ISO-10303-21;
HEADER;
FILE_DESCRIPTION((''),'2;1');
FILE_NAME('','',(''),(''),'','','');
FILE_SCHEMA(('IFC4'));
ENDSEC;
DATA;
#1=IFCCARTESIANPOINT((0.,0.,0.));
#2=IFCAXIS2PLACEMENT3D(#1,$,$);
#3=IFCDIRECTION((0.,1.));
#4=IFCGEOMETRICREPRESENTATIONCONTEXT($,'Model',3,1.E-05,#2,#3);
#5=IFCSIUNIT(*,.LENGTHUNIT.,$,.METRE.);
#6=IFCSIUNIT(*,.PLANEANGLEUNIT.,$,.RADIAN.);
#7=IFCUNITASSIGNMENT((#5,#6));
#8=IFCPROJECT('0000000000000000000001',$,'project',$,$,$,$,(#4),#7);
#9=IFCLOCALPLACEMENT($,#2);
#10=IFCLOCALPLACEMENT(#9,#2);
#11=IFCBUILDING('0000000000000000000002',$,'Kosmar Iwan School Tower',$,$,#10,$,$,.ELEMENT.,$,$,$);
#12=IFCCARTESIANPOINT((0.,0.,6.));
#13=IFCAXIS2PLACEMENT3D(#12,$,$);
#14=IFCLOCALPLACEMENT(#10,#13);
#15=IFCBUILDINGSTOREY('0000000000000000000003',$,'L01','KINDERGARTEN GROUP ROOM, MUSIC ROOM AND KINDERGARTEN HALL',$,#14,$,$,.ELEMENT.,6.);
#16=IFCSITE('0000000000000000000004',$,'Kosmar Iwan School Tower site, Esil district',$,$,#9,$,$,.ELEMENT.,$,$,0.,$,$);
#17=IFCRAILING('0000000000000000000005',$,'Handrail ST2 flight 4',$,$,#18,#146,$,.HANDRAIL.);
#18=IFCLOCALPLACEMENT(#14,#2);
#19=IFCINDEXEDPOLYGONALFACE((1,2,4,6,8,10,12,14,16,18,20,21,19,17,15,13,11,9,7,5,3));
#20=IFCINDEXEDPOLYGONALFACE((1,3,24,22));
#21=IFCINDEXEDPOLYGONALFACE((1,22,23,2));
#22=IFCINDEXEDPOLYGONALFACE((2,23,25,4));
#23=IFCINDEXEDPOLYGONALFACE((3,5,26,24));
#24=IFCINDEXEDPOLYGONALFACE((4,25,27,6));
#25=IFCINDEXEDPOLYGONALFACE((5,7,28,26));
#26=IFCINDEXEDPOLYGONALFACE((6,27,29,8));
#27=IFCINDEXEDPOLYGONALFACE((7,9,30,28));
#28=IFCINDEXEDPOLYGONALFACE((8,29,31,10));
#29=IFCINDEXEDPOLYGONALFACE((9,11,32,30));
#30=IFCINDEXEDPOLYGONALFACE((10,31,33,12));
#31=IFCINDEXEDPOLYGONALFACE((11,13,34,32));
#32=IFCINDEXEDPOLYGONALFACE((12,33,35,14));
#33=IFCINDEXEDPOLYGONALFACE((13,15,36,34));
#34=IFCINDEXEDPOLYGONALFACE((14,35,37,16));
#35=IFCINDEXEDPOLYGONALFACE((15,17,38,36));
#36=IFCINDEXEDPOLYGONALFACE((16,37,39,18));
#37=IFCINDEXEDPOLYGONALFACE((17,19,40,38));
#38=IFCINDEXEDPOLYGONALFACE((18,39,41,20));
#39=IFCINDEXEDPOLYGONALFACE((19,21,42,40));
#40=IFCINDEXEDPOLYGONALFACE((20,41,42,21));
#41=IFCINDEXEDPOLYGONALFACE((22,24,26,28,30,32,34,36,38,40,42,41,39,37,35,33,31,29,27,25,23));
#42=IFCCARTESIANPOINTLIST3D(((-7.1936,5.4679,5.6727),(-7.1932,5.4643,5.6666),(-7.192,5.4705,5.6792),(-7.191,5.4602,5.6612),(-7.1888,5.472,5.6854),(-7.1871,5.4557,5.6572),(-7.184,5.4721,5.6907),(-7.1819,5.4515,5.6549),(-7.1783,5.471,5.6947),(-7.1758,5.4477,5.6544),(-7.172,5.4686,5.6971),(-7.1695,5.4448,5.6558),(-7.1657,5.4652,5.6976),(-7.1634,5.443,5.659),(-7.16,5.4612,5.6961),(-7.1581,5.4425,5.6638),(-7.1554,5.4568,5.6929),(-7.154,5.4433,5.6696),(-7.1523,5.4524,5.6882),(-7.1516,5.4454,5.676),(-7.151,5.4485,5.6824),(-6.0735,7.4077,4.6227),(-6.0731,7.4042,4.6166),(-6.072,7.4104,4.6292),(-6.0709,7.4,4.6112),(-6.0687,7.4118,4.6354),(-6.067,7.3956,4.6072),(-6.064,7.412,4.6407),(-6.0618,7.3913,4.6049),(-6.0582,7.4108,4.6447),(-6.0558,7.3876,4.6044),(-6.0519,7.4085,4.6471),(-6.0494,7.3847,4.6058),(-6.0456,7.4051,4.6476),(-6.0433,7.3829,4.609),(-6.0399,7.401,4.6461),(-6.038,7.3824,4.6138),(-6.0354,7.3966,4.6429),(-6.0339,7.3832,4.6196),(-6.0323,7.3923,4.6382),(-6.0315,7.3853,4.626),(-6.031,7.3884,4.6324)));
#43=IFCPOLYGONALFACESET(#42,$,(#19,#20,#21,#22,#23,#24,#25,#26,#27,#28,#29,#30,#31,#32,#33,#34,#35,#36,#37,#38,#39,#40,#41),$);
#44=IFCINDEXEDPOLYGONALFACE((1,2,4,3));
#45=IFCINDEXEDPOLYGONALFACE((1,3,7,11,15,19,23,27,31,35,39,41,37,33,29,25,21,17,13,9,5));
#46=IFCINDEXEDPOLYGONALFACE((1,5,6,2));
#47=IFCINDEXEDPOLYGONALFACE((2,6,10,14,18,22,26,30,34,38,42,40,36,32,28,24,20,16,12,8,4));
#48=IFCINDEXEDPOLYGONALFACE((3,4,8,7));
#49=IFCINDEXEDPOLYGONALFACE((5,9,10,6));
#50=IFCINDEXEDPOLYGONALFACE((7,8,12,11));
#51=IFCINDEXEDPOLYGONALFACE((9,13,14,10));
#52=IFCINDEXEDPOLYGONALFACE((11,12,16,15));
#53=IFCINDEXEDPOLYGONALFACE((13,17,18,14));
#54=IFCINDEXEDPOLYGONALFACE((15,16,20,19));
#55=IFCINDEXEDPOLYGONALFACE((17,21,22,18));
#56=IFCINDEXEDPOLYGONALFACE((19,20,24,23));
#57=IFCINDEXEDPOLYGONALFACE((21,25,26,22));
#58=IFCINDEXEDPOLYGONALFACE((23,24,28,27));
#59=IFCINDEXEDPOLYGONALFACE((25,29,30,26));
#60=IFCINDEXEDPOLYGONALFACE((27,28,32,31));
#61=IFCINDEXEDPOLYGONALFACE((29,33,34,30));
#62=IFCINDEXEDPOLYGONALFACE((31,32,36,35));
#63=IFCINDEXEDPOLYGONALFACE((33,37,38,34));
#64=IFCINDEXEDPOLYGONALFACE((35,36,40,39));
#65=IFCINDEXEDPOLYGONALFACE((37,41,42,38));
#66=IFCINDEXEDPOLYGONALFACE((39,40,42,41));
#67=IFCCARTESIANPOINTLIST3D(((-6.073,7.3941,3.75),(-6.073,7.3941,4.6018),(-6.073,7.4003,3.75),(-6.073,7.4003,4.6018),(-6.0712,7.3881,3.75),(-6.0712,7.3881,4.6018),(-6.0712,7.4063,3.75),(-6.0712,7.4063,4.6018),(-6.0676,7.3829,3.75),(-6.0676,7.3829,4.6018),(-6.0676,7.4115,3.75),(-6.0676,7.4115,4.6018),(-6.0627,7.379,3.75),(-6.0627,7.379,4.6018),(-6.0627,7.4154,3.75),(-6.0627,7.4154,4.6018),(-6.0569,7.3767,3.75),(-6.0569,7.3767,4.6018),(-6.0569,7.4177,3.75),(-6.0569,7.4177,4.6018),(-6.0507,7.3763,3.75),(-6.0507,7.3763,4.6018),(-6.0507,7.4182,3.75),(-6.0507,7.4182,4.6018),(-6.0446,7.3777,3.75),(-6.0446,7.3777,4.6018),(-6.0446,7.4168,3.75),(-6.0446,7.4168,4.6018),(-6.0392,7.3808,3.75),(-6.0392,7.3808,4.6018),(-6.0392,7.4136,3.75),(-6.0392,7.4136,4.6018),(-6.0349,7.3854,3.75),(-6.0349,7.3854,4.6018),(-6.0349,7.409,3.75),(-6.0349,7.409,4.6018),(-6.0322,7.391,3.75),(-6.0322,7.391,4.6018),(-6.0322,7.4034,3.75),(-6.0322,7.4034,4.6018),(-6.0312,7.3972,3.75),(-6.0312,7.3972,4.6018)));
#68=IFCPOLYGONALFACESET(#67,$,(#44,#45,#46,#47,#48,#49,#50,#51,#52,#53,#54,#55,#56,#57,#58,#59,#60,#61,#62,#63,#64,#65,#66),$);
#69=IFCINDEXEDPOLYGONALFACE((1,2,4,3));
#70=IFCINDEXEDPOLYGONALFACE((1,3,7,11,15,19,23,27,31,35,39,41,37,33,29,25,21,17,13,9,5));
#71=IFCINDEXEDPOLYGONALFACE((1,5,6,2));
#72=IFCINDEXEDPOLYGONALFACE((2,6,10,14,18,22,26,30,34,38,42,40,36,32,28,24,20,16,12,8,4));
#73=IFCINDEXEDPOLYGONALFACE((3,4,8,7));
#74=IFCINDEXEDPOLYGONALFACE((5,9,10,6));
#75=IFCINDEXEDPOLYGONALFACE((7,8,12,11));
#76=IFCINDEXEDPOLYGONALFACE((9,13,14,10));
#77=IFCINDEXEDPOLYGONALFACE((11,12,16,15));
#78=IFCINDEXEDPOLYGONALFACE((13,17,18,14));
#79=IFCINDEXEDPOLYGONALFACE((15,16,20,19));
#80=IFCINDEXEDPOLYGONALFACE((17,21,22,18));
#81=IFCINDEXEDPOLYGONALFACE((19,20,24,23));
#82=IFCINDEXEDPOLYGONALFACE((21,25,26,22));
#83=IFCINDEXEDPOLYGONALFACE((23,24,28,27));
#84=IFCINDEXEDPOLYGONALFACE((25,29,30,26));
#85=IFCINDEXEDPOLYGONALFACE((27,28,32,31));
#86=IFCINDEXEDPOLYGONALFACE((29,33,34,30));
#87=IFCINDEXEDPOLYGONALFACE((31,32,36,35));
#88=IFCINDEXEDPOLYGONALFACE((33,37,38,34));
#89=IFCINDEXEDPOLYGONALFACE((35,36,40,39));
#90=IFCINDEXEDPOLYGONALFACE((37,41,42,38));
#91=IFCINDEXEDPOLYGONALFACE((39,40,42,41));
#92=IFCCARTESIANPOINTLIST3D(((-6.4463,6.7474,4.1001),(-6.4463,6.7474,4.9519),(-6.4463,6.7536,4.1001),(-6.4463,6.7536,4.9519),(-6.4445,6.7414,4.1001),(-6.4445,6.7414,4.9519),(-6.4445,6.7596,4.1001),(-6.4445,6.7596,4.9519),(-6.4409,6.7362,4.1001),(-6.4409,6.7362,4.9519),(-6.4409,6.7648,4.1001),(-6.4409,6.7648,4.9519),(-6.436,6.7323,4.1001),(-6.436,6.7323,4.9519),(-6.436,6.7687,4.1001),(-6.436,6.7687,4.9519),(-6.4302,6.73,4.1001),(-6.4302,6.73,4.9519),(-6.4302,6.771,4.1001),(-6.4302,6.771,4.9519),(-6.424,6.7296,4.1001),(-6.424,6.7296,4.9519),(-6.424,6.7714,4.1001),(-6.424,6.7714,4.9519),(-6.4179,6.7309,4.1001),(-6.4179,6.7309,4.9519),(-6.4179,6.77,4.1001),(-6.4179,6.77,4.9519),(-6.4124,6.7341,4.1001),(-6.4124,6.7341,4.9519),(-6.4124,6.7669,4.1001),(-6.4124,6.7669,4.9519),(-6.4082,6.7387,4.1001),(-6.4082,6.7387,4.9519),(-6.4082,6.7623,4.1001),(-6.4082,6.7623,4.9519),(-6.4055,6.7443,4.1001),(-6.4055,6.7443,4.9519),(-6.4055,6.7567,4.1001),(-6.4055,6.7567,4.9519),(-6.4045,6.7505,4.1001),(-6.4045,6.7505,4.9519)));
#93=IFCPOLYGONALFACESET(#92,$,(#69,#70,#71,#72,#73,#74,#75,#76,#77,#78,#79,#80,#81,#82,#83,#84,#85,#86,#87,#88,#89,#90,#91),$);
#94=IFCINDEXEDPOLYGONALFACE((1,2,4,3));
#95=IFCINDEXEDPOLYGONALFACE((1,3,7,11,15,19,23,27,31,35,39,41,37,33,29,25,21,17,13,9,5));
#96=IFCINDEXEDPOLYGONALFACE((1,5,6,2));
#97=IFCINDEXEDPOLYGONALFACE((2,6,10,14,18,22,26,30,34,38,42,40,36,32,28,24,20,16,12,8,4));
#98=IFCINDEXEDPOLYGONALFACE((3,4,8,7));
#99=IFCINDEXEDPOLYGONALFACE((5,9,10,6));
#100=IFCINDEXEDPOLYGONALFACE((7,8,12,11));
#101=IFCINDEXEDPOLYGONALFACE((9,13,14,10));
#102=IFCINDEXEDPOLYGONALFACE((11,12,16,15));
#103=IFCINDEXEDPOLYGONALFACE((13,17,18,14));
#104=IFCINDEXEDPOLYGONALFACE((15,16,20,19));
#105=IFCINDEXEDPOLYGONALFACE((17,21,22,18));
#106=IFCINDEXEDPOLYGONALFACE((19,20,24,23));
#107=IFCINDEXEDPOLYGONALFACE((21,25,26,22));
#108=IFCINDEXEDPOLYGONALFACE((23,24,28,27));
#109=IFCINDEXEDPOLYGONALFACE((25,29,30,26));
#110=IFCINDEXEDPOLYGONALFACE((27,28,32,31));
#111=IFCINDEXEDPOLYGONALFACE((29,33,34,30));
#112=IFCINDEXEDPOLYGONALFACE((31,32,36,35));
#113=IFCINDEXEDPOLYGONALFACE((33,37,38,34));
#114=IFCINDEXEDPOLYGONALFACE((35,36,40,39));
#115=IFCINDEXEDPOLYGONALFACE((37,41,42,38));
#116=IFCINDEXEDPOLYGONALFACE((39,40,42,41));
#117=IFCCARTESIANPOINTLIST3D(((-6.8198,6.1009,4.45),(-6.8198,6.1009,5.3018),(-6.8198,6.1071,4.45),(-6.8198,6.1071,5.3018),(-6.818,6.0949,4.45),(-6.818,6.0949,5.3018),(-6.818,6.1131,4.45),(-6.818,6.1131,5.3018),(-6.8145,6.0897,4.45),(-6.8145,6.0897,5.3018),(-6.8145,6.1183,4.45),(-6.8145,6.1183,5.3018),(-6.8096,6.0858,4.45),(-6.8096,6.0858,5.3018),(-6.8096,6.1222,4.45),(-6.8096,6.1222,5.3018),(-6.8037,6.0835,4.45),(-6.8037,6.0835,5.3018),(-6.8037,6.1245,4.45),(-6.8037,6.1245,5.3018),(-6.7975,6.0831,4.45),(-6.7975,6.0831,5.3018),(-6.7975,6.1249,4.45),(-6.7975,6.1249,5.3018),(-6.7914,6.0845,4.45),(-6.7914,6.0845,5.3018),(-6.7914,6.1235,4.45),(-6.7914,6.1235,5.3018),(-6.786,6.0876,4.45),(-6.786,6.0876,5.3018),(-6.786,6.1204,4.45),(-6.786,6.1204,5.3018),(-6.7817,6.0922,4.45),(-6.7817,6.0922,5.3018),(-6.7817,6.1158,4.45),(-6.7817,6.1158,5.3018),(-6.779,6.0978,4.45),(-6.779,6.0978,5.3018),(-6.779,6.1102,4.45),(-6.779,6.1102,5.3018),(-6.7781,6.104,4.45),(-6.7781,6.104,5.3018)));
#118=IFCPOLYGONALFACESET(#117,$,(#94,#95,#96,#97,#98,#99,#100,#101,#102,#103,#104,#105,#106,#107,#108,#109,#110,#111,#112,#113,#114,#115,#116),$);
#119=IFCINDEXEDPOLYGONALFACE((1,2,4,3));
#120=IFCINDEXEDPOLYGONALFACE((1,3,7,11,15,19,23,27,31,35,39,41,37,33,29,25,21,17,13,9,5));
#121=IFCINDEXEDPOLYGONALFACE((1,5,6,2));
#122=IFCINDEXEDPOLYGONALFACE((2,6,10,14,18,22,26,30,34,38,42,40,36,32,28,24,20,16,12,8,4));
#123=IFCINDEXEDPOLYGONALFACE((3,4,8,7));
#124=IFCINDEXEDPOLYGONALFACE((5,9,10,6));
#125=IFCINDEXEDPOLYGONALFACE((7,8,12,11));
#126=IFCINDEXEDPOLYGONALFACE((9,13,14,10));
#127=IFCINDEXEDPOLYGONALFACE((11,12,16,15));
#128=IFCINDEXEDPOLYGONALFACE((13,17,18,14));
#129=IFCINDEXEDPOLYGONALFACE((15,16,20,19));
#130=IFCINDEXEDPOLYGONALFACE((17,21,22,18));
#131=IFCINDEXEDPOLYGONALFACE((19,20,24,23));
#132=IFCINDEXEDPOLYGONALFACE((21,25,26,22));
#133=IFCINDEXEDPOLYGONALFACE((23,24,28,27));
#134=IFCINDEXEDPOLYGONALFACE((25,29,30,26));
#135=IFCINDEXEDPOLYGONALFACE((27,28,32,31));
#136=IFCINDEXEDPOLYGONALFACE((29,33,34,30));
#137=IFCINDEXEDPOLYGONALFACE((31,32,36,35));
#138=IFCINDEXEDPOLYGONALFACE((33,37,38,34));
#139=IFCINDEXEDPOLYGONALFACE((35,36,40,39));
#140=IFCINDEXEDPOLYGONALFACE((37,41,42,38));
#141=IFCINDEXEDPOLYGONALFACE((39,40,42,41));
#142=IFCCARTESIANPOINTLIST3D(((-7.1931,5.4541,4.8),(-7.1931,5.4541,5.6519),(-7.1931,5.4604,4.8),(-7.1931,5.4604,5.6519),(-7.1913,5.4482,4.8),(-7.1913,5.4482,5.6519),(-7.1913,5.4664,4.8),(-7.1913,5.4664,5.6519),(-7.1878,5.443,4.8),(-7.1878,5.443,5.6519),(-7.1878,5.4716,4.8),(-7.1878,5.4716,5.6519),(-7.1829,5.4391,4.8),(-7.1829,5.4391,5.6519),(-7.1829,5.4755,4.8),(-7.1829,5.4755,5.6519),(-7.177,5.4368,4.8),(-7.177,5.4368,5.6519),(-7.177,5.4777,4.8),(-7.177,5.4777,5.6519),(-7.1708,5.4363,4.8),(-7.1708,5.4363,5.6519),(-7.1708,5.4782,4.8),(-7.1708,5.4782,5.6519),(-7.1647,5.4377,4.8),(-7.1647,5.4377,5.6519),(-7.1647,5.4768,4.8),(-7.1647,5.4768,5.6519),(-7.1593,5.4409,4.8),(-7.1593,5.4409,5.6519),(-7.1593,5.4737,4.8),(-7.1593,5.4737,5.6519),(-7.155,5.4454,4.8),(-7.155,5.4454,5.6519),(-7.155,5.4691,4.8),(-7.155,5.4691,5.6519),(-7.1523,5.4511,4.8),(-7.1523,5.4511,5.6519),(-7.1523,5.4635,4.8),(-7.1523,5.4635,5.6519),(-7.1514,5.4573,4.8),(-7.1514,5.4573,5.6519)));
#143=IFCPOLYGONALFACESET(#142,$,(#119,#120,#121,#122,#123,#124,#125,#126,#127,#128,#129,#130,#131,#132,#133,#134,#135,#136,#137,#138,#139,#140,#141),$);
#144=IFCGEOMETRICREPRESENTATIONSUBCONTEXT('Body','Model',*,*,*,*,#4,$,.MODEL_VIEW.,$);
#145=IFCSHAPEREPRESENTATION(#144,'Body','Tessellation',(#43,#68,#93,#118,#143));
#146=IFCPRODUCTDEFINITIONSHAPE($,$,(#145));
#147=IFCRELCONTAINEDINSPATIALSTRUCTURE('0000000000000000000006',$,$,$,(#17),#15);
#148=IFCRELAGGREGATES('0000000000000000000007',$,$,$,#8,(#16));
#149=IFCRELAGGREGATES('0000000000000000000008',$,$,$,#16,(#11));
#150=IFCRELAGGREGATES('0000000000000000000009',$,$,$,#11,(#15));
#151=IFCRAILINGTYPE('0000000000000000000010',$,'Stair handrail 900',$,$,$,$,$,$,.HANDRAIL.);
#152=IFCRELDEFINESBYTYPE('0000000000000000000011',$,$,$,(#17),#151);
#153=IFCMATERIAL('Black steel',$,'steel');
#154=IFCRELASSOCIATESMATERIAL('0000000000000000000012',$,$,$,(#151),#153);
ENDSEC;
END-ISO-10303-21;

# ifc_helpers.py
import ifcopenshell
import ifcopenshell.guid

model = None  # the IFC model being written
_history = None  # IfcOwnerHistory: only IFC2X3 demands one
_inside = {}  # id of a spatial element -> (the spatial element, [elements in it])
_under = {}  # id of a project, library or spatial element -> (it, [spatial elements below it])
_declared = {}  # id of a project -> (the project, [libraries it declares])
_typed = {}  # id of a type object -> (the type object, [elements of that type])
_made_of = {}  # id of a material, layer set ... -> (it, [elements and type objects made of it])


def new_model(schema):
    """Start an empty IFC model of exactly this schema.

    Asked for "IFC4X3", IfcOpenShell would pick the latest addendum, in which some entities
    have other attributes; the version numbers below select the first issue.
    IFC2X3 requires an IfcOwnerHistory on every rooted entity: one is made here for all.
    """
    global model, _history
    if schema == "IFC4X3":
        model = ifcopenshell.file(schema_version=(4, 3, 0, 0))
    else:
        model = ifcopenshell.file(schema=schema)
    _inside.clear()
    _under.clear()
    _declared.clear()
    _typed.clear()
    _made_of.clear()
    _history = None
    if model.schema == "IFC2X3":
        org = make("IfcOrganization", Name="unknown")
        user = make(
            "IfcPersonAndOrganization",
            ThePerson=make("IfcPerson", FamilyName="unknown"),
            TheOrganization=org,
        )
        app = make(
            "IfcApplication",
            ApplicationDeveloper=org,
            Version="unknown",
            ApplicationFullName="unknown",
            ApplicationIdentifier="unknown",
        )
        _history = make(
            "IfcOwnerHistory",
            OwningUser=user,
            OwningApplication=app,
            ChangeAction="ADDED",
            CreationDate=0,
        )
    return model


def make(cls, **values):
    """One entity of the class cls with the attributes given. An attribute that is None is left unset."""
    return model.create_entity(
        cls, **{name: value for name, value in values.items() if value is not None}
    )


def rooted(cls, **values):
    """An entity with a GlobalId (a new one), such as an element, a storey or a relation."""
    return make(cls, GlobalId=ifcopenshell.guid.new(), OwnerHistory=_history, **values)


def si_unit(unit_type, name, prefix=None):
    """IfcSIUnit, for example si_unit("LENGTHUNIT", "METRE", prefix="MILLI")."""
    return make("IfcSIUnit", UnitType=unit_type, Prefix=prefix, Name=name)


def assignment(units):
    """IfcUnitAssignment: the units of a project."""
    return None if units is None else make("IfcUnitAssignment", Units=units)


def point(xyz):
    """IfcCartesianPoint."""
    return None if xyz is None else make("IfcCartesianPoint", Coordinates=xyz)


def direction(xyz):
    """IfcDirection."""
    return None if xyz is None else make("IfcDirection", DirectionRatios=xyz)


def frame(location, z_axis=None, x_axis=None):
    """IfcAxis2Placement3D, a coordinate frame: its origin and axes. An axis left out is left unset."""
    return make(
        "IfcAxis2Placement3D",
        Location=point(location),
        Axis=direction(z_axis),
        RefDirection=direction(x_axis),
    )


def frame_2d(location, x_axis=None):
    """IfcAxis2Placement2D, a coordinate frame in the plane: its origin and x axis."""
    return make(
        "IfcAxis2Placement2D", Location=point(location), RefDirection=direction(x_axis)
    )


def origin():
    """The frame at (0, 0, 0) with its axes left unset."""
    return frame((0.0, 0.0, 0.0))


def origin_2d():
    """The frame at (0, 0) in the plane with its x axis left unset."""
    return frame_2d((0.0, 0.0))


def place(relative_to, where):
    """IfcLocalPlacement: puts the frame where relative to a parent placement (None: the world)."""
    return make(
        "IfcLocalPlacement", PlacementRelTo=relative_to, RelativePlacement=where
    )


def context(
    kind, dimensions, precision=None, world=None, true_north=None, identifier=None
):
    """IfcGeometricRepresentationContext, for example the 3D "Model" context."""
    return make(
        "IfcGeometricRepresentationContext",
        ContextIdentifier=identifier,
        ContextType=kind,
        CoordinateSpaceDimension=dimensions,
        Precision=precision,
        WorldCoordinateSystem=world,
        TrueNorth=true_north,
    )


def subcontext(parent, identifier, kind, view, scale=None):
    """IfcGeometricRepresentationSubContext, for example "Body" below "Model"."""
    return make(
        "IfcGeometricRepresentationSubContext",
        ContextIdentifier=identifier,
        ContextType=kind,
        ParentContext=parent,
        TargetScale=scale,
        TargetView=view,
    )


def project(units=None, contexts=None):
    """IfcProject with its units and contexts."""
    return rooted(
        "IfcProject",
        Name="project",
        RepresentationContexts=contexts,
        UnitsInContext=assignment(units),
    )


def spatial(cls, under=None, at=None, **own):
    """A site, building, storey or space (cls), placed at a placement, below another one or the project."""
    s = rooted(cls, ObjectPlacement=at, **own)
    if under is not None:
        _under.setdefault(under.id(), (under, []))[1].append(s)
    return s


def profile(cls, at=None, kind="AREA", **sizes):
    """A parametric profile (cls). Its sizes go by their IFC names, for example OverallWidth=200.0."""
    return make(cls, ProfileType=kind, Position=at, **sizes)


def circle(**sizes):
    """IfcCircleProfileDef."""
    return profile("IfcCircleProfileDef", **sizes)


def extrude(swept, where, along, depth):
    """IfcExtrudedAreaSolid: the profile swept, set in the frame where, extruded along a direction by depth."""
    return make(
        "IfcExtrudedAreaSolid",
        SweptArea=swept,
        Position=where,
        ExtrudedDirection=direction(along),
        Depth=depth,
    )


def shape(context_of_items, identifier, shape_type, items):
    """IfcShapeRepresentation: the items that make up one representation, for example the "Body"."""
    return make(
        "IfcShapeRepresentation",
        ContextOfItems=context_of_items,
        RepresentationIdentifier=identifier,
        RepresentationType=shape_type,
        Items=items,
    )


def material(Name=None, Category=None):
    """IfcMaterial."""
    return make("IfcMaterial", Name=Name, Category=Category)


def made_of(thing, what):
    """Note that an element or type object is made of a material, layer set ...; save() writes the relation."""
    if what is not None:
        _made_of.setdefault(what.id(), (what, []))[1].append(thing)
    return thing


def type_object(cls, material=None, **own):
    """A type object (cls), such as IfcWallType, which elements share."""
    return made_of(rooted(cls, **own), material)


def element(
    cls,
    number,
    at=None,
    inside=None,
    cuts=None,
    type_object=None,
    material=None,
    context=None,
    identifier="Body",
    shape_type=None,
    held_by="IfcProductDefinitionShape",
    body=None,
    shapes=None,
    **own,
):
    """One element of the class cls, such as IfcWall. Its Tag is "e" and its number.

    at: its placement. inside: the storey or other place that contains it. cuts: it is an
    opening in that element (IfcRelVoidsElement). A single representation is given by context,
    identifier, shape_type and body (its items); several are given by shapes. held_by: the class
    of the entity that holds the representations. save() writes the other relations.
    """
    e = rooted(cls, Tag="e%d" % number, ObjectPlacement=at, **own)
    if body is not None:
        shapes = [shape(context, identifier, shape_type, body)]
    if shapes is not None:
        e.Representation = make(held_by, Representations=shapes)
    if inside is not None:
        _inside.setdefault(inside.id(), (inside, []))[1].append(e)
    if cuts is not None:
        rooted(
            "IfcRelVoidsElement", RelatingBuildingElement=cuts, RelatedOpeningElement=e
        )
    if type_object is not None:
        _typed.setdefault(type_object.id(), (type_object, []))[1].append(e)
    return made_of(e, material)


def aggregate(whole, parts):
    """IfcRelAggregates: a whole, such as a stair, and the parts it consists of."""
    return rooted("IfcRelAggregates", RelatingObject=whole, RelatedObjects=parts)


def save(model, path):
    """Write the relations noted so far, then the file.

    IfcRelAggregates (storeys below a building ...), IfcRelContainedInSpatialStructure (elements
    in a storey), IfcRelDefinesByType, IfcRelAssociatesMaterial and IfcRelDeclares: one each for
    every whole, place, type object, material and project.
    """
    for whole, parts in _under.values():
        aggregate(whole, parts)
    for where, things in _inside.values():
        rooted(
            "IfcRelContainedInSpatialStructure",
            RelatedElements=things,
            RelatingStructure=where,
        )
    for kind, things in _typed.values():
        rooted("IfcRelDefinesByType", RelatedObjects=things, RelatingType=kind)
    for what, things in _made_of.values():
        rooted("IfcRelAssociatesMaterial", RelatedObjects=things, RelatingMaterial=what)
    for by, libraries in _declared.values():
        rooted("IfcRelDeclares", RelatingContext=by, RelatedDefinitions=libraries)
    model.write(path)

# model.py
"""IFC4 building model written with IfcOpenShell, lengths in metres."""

from ifc_helpers import new_model, si_unit, direction, frame, origin, origin_2d, place, context, subcontext, project, spatial, circle, extrude, material, type_object, element, save


model = new_model("IFC4")

# Units and contexts
model_context = context("Model", 3, precision=1e-05, world=origin(), true_north=direction((0.0, 1.0)))
body_context = subcontext(model_context, "Body", "Model", "MODEL_VIEW")
ifc_project = project(units=[si_unit("LENGTHUNIT", "METRE"), si_unit("PLANEANGLEUNIT", "RADIAN")], contexts=[model_context])

# Site, building, storey
site_placement = place(None, origin())
site = spatial("IfcSite", under=ifc_project, at=site_placement, Name="Kosmar Iwan School Tower site, Esil district", CompositionType="ELEMENT", RefElevation=0.0)
building_placement = place(site_placement, origin())
building = spatial("IfcBuilding", under=site, at=building_placement, Name="Kosmar Iwan School Tower", CompositionType="ELEMENT")
storey_placement = place(building_placement, frame((0.0, 0.0, 6.0)))
storey = spatial("IfcBuildingStorey", under=building, at=storey_placement, Name="L01", Description="KINDERGARTEN GROUP ROOM, MUSIC ROOM AND KINDERGARTEN HALL", CompositionType="ELEMENT", Elevation=6.0)

# Railing
ifc_material_1 = material(Name="Black steel", Category="steel")
railing_type = type_object("IfcRailingType", Name="Stair handrail 900", PredefinedType="HANDRAIL", material=ifc_material_1)
railing_1_placement = place(storey_placement, frame((-6.0522, 7.3972, 3.75)))
element("IfcRailing", 1, at=railing_1_placement, inside=storey, type_object=railing_type, Name="Handrail ST2 flight 4", PredefinedType="HANDRAIL", context=body_context, shape_type="SweptSolid", body=[
    extrude(circle(Radius=0.0239, at=origin_2d()), frame((0.0, 0.0, 0.876), z_axis=(-0.452757, -0.784134, 0.424435), x_axis=(0.866008, -0.500031, 0.0)), (0.0, 0.0, 1.0), 2.4739),
    extrude(circle(Radius=0.021, at=origin_2d()), origin(), (0.0, 0.0, 1.0), 0.8518),
    extrude(circle(Radius=0.021, at=origin_2d()), frame((-0.3733, -0.6467, 0.3501)), (0.0, 0.0, 1.0), 0.8518),
    extrude(circle(Radius=0.021, at=origin_2d()), frame((-0.7468, -1.2932, 0.7)), (0.0, 0.0, 1.0), 0.8518),
    extrude(circle(Radius=0.021, at=origin_2d()), frame((-1.1201, -1.9399, 1.05)), (0.0, 0.0, 1.0), 0.8518),
])

save(model, "model.ifc")
